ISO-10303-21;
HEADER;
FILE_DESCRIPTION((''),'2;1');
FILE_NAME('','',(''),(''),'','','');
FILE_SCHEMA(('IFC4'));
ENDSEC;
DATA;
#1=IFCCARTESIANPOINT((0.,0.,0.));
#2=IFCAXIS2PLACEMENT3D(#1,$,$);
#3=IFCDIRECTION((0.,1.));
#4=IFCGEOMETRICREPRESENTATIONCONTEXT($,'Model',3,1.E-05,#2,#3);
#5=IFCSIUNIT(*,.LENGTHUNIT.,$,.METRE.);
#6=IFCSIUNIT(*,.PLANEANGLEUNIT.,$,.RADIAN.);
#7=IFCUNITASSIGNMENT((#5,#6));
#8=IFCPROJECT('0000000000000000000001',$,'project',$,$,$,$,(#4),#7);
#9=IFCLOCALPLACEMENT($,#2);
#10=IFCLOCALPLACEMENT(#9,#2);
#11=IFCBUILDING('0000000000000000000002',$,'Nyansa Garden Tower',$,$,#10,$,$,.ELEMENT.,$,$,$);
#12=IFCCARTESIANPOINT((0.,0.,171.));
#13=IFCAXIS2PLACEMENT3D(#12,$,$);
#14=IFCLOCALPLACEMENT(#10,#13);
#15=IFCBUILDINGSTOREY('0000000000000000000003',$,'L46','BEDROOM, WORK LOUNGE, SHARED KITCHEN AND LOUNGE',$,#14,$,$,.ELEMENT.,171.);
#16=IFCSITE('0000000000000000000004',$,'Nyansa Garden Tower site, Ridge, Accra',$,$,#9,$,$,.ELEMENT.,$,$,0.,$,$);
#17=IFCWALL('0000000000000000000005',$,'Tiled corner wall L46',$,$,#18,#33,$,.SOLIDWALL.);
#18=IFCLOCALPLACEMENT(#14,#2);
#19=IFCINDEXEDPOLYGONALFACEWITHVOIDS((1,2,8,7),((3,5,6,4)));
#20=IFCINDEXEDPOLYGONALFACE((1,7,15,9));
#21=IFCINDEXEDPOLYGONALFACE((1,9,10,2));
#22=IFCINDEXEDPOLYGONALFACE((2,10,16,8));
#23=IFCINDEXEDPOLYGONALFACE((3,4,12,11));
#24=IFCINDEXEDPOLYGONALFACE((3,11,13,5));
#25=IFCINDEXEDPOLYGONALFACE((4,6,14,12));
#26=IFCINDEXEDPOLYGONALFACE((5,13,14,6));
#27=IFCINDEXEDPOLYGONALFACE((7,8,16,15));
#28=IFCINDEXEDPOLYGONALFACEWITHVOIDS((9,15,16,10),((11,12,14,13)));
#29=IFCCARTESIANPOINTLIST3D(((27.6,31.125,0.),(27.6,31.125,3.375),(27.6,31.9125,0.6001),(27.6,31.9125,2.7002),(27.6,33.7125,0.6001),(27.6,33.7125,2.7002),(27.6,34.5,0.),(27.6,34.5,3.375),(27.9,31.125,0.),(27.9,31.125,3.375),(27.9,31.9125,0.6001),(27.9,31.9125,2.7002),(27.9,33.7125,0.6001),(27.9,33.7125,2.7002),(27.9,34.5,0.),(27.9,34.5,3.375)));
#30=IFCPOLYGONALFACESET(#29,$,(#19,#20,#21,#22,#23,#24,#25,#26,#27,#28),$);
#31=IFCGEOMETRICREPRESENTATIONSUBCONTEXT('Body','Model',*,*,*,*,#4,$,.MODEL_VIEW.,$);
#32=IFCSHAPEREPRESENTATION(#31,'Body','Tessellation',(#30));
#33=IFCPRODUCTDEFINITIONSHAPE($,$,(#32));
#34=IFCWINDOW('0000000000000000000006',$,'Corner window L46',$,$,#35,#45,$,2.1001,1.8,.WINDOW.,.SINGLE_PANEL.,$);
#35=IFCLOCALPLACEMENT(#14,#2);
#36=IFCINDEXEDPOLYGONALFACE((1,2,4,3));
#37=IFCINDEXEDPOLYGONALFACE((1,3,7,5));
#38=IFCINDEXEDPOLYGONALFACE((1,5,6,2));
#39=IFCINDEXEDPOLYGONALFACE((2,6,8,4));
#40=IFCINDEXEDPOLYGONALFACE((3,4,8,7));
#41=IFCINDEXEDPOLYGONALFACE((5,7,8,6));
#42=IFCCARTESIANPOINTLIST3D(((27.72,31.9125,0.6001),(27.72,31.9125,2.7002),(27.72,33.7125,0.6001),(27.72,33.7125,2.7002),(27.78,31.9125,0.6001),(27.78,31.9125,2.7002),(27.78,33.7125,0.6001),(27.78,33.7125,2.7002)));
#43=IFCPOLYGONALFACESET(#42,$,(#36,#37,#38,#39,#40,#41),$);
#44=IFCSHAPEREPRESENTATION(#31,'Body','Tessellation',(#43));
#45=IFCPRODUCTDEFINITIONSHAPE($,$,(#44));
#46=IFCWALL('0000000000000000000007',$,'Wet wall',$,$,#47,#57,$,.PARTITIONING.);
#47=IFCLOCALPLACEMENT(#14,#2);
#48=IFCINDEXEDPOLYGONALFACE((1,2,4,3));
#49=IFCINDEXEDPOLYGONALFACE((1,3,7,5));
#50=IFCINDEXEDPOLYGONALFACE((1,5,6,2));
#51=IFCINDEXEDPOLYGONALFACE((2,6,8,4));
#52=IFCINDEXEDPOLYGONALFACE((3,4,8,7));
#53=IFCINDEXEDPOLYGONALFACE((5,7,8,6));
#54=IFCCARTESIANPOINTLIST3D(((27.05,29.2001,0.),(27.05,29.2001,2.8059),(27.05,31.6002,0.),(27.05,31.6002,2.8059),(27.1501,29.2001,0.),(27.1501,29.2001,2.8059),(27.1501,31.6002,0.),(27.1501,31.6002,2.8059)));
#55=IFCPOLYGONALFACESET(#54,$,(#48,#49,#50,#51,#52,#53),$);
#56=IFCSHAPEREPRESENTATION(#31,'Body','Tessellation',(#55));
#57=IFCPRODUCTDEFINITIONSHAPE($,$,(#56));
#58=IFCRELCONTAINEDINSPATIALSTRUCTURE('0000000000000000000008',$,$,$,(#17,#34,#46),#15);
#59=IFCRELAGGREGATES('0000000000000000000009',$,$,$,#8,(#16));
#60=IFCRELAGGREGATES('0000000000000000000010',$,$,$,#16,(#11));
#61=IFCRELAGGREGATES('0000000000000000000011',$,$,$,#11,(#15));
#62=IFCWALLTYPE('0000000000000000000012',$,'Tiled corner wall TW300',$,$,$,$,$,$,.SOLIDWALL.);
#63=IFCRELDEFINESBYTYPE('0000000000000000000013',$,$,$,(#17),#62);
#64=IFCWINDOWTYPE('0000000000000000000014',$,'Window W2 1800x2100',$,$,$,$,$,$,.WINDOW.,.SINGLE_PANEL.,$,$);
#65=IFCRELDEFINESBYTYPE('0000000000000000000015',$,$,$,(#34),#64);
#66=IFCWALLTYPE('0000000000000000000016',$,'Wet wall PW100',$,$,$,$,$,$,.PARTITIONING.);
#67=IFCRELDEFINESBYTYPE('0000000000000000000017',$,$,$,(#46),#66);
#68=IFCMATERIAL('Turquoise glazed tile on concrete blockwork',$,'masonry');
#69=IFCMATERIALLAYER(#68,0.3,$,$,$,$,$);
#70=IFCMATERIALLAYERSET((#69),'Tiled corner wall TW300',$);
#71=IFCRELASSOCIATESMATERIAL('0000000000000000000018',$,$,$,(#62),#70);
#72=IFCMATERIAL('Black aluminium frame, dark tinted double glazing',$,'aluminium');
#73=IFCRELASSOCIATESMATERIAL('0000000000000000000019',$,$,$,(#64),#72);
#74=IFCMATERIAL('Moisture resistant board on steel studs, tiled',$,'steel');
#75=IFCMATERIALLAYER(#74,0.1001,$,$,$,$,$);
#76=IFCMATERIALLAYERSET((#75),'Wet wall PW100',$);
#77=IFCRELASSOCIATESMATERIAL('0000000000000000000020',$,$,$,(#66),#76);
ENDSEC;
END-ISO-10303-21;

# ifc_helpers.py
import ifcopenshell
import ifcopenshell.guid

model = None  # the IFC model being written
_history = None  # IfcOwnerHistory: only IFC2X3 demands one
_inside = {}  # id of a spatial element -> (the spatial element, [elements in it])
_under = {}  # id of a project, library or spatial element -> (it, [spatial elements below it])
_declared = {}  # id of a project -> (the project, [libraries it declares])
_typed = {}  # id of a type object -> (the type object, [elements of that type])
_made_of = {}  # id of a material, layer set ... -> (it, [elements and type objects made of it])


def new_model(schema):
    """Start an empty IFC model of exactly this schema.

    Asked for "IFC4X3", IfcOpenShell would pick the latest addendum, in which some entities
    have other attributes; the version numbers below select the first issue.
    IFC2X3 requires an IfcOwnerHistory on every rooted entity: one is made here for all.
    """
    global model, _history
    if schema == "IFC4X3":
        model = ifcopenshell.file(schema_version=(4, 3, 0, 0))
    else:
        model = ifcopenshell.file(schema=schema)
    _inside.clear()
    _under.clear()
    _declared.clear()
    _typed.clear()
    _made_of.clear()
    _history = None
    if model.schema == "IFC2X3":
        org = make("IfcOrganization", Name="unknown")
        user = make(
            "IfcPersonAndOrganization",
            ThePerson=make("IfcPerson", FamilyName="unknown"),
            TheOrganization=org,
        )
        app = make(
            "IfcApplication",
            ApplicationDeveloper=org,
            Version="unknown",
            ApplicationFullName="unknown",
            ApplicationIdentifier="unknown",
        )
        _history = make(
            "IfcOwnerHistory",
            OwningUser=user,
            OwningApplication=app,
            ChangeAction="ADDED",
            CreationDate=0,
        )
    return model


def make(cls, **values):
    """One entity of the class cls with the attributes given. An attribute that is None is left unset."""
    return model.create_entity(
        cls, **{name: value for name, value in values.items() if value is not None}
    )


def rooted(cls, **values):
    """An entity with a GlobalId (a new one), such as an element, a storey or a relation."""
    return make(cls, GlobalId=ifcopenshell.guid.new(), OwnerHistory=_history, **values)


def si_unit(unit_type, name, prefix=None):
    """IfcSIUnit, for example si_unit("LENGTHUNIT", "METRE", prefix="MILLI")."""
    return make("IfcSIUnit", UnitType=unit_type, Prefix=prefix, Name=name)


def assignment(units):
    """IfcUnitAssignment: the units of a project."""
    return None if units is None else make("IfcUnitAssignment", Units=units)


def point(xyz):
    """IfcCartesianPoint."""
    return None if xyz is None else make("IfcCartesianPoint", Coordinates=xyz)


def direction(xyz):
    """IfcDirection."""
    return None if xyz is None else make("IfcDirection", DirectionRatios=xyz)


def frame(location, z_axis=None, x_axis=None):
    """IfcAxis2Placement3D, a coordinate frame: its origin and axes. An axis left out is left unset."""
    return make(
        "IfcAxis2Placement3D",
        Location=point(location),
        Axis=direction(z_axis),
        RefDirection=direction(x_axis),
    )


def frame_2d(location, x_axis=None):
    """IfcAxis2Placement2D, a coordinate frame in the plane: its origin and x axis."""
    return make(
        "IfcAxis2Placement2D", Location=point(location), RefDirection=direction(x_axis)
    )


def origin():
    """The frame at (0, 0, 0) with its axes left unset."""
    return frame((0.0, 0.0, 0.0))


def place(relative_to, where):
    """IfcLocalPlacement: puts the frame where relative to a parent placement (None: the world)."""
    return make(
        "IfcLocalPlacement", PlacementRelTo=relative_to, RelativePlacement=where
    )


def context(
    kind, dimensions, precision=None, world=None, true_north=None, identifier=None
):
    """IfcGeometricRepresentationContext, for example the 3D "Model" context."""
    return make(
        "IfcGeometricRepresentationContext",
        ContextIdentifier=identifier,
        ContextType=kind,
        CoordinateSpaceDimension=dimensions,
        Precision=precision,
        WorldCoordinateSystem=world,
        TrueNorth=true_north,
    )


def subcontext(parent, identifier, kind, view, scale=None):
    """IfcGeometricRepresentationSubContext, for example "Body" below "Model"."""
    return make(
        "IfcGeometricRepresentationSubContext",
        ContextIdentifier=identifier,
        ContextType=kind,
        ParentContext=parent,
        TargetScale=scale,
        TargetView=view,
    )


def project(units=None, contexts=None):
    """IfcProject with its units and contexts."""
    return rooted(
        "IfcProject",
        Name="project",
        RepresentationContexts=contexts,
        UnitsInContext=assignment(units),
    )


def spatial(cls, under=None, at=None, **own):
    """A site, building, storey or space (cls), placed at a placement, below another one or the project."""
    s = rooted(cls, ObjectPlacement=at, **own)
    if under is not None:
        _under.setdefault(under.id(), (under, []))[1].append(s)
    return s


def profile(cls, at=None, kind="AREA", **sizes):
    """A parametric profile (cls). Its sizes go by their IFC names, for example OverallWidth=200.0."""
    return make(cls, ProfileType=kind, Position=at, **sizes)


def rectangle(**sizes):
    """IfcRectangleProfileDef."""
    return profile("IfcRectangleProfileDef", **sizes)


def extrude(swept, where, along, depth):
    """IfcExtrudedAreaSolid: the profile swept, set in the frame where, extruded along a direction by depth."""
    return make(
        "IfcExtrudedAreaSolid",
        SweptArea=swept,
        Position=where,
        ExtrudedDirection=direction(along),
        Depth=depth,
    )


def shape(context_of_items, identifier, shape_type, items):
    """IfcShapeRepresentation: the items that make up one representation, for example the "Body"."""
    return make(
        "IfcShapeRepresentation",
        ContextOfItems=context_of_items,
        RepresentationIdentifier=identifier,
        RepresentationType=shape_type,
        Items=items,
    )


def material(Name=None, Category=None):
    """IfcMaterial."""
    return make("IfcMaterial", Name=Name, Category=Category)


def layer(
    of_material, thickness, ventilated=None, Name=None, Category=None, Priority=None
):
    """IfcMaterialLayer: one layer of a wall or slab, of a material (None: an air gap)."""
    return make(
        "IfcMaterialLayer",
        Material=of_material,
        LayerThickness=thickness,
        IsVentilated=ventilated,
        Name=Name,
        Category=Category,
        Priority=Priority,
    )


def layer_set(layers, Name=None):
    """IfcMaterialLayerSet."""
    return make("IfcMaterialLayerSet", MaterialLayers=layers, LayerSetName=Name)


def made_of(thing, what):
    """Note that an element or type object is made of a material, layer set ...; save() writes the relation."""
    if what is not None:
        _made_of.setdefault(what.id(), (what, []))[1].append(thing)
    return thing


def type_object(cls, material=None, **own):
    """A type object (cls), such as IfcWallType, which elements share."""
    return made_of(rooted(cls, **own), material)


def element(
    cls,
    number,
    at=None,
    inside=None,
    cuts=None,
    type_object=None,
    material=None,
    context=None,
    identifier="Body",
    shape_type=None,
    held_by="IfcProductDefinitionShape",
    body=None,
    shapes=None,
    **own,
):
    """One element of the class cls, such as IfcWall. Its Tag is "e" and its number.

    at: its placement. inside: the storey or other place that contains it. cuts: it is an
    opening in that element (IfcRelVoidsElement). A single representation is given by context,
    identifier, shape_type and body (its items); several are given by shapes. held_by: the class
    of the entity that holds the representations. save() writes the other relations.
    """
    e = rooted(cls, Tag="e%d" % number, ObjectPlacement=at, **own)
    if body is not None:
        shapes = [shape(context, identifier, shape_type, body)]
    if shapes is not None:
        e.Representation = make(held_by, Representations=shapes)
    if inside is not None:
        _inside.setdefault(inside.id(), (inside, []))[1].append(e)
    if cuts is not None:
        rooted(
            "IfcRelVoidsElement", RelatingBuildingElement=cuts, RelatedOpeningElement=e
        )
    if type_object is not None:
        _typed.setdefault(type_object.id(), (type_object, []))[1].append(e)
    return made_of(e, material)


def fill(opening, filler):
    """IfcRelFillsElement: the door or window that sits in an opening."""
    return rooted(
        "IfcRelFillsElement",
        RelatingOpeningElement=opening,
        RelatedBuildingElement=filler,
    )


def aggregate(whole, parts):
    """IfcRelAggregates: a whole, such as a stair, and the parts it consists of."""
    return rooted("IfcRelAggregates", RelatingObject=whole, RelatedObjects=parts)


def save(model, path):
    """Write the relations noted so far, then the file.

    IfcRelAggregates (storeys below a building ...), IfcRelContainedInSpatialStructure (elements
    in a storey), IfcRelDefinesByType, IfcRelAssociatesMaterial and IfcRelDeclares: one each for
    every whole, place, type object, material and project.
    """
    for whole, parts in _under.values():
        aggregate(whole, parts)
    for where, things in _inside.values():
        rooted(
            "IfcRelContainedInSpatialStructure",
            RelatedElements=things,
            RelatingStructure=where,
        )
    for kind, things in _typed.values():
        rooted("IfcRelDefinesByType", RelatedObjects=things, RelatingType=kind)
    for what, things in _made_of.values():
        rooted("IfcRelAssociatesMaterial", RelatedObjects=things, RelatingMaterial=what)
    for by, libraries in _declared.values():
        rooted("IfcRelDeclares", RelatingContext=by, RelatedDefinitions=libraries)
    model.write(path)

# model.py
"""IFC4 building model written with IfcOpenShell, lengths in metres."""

from ifc_helpers import new_model, si_unit, direction, frame, frame_2d, origin, place, context, subcontext, project, spatial, rectangle, extrude, material, layer, layer_set, type_object, element, fill, save


model = new_model("IFC4")

# Units and contexts
model_context = context("Model", 3, precision=1e-05, world=origin(), true_north=direction((0.0, 1.0)))
body_context = subcontext(model_context, "Body", "Model", "MODEL_VIEW")
ifc_project = project(units=[si_unit("LENGTHUNIT", "METRE"), si_unit("PLANEANGLEUNIT", "RADIAN")], contexts=[model_context])

# Site, building, storey
site_placement = place(None, origin())
site = spatial("IfcSite", under=ifc_project, at=site_placement, Name="Nyansa Garden Tower site, Ridge, Accra", CompositionType="ELEMENT", RefElevation=0.0)
building_placement = place(site_placement, origin())
building = spatial("IfcBuilding", under=site, at=building_placement, Name="Nyansa Garden Tower", CompositionType="ELEMENT")
storey_placement = place(building_placement, frame((0.0, 0.0, 171.0)))
storey = spatial("IfcBuildingStorey", under=building, at=storey_placement, Name="L46", Description="BEDROOM, WORK LOUNGE, SHARED KITCHEN AND LOUNGE", CompositionType="ELEMENT", Elevation=171.0)

# Wall, opening, window
ifc_material_1 = material(Name="Turquoise glazed tile on concrete blockwork", Category="masonry")
ifc_layer_1 = layer(ifc_material_1, 0.3)
ifc_layer_set_1 = layer_set([ifc_layer_1], Name="Tiled corner wall TW300")
wall_type_1 = type_object("IfcWallType", Name="Tiled corner wall TW300", PredefinedType="SOLIDWALL", material=ifc_layer_set_1)
ifc_material_2 = material(Name="Black aluminium frame, dark tinted double glazing", Category="aluminium")
window_type_1 = type_object("IfcWindowType", Name="Window W2 1800x2100", PartitioningType="SINGLE_PANEL", PredefinedType="WINDOW", material=ifc_material_2)
wall_1_placement = place(storey_placement, frame((27.75, 31.125, 0.0), z_axis=(0.0, 0.0, 1.0), x_axis=(0.0, 1.0, 0.0)))
wall_1 = element("IfcWall", 1, at=wall_1_placement, inside=storey, type_object=wall_type_1, Name="Tiled corner wall L46", PredefinedType="SOLIDWALL", context=body_context, shape_type="SweptSolid", body=[
    extrude(rectangle(XDim=3.375, YDim=0.3, at=frame_2d((1.6875, 0.0))), origin(), (0.0, 0.0, 1.0), 3.375),
])
opening_1_placement = place(wall_1_placement, frame((0.7876, 0.0, 0.6001)))
opening_1 = element("IfcOpeningElement", 2, at=opening_1_placement, cuts=wall_1, PredefinedType="OPENING", context=body_context, shape_type="SweptSolid", body=[
    extrude(rectangle(XDim=1.8, YDim=2.1001, at=frame_2d((0.8999, 1.05))), frame((0.0, 0.1599, 0.0), z_axis=(0.0, -1.0, 0.0), x_axis=(1.0, 0.0, 0.0)), (0.0, 0.0, 1.0), 0.3201),
])
window_1_placement = place(opening_1_placement, origin())
window_1 = element("IfcWindow", 3, at=window_1_placement, inside=storey, type_object=window_type_1, Name="Corner window L46", OverallHeight=2.1001, OverallWidth=1.8, PartitioningType="SINGLE_PANEL", PredefinedType="WINDOW", context=body_context, shape_type="SweptSolid", body=[
    extrude(rectangle(XDim=1.8, YDim=2.1001, at=frame_2d((0.8999, 1.05))), frame((0.0, 0.03, 0.0), z_axis=(0.0, -1.0, 0.0), x_axis=(1.0, 0.0, 0.0)), (0.0, 0.0, 1.0), 0.0601),
])
fill(opening_1, window_1)

# Wall
ifc_material_3 = material(Name="Moisture resistant board on steel studs, tiled", Category="steel")
ifc_layer_2 = layer(ifc_material_3, 0.1001)
ifc_layer_set_2 = layer_set([ifc_layer_2], Name="Wet wall PW100")
wall_type_2 = type_object("IfcWallType", Name="Wet wall PW100", PredefinedType="PARTITIONING", material=ifc_layer_set_2)
wall_2_placement = place(storey_placement, frame((27.1001, 29.2, 0.0), z_axis=(0.0, 0.0, 1.0), x_axis=(0.0, 1.0, 0.0)))
element("IfcWall", 4, at=wall_2_placement, inside=storey, type_object=wall_type_2, Name="Wet wall", PredefinedType="PARTITIONING", context=body_context, shape_type="SweptSolid", body=[
    extrude(rectangle(XDim=2.4001, YDim=0.1001, at=frame_2d((1.2002, 0.0))), origin(), (0.0, 0.0, 1.0), 2.8059),
])

save(model, "model.ifc")
